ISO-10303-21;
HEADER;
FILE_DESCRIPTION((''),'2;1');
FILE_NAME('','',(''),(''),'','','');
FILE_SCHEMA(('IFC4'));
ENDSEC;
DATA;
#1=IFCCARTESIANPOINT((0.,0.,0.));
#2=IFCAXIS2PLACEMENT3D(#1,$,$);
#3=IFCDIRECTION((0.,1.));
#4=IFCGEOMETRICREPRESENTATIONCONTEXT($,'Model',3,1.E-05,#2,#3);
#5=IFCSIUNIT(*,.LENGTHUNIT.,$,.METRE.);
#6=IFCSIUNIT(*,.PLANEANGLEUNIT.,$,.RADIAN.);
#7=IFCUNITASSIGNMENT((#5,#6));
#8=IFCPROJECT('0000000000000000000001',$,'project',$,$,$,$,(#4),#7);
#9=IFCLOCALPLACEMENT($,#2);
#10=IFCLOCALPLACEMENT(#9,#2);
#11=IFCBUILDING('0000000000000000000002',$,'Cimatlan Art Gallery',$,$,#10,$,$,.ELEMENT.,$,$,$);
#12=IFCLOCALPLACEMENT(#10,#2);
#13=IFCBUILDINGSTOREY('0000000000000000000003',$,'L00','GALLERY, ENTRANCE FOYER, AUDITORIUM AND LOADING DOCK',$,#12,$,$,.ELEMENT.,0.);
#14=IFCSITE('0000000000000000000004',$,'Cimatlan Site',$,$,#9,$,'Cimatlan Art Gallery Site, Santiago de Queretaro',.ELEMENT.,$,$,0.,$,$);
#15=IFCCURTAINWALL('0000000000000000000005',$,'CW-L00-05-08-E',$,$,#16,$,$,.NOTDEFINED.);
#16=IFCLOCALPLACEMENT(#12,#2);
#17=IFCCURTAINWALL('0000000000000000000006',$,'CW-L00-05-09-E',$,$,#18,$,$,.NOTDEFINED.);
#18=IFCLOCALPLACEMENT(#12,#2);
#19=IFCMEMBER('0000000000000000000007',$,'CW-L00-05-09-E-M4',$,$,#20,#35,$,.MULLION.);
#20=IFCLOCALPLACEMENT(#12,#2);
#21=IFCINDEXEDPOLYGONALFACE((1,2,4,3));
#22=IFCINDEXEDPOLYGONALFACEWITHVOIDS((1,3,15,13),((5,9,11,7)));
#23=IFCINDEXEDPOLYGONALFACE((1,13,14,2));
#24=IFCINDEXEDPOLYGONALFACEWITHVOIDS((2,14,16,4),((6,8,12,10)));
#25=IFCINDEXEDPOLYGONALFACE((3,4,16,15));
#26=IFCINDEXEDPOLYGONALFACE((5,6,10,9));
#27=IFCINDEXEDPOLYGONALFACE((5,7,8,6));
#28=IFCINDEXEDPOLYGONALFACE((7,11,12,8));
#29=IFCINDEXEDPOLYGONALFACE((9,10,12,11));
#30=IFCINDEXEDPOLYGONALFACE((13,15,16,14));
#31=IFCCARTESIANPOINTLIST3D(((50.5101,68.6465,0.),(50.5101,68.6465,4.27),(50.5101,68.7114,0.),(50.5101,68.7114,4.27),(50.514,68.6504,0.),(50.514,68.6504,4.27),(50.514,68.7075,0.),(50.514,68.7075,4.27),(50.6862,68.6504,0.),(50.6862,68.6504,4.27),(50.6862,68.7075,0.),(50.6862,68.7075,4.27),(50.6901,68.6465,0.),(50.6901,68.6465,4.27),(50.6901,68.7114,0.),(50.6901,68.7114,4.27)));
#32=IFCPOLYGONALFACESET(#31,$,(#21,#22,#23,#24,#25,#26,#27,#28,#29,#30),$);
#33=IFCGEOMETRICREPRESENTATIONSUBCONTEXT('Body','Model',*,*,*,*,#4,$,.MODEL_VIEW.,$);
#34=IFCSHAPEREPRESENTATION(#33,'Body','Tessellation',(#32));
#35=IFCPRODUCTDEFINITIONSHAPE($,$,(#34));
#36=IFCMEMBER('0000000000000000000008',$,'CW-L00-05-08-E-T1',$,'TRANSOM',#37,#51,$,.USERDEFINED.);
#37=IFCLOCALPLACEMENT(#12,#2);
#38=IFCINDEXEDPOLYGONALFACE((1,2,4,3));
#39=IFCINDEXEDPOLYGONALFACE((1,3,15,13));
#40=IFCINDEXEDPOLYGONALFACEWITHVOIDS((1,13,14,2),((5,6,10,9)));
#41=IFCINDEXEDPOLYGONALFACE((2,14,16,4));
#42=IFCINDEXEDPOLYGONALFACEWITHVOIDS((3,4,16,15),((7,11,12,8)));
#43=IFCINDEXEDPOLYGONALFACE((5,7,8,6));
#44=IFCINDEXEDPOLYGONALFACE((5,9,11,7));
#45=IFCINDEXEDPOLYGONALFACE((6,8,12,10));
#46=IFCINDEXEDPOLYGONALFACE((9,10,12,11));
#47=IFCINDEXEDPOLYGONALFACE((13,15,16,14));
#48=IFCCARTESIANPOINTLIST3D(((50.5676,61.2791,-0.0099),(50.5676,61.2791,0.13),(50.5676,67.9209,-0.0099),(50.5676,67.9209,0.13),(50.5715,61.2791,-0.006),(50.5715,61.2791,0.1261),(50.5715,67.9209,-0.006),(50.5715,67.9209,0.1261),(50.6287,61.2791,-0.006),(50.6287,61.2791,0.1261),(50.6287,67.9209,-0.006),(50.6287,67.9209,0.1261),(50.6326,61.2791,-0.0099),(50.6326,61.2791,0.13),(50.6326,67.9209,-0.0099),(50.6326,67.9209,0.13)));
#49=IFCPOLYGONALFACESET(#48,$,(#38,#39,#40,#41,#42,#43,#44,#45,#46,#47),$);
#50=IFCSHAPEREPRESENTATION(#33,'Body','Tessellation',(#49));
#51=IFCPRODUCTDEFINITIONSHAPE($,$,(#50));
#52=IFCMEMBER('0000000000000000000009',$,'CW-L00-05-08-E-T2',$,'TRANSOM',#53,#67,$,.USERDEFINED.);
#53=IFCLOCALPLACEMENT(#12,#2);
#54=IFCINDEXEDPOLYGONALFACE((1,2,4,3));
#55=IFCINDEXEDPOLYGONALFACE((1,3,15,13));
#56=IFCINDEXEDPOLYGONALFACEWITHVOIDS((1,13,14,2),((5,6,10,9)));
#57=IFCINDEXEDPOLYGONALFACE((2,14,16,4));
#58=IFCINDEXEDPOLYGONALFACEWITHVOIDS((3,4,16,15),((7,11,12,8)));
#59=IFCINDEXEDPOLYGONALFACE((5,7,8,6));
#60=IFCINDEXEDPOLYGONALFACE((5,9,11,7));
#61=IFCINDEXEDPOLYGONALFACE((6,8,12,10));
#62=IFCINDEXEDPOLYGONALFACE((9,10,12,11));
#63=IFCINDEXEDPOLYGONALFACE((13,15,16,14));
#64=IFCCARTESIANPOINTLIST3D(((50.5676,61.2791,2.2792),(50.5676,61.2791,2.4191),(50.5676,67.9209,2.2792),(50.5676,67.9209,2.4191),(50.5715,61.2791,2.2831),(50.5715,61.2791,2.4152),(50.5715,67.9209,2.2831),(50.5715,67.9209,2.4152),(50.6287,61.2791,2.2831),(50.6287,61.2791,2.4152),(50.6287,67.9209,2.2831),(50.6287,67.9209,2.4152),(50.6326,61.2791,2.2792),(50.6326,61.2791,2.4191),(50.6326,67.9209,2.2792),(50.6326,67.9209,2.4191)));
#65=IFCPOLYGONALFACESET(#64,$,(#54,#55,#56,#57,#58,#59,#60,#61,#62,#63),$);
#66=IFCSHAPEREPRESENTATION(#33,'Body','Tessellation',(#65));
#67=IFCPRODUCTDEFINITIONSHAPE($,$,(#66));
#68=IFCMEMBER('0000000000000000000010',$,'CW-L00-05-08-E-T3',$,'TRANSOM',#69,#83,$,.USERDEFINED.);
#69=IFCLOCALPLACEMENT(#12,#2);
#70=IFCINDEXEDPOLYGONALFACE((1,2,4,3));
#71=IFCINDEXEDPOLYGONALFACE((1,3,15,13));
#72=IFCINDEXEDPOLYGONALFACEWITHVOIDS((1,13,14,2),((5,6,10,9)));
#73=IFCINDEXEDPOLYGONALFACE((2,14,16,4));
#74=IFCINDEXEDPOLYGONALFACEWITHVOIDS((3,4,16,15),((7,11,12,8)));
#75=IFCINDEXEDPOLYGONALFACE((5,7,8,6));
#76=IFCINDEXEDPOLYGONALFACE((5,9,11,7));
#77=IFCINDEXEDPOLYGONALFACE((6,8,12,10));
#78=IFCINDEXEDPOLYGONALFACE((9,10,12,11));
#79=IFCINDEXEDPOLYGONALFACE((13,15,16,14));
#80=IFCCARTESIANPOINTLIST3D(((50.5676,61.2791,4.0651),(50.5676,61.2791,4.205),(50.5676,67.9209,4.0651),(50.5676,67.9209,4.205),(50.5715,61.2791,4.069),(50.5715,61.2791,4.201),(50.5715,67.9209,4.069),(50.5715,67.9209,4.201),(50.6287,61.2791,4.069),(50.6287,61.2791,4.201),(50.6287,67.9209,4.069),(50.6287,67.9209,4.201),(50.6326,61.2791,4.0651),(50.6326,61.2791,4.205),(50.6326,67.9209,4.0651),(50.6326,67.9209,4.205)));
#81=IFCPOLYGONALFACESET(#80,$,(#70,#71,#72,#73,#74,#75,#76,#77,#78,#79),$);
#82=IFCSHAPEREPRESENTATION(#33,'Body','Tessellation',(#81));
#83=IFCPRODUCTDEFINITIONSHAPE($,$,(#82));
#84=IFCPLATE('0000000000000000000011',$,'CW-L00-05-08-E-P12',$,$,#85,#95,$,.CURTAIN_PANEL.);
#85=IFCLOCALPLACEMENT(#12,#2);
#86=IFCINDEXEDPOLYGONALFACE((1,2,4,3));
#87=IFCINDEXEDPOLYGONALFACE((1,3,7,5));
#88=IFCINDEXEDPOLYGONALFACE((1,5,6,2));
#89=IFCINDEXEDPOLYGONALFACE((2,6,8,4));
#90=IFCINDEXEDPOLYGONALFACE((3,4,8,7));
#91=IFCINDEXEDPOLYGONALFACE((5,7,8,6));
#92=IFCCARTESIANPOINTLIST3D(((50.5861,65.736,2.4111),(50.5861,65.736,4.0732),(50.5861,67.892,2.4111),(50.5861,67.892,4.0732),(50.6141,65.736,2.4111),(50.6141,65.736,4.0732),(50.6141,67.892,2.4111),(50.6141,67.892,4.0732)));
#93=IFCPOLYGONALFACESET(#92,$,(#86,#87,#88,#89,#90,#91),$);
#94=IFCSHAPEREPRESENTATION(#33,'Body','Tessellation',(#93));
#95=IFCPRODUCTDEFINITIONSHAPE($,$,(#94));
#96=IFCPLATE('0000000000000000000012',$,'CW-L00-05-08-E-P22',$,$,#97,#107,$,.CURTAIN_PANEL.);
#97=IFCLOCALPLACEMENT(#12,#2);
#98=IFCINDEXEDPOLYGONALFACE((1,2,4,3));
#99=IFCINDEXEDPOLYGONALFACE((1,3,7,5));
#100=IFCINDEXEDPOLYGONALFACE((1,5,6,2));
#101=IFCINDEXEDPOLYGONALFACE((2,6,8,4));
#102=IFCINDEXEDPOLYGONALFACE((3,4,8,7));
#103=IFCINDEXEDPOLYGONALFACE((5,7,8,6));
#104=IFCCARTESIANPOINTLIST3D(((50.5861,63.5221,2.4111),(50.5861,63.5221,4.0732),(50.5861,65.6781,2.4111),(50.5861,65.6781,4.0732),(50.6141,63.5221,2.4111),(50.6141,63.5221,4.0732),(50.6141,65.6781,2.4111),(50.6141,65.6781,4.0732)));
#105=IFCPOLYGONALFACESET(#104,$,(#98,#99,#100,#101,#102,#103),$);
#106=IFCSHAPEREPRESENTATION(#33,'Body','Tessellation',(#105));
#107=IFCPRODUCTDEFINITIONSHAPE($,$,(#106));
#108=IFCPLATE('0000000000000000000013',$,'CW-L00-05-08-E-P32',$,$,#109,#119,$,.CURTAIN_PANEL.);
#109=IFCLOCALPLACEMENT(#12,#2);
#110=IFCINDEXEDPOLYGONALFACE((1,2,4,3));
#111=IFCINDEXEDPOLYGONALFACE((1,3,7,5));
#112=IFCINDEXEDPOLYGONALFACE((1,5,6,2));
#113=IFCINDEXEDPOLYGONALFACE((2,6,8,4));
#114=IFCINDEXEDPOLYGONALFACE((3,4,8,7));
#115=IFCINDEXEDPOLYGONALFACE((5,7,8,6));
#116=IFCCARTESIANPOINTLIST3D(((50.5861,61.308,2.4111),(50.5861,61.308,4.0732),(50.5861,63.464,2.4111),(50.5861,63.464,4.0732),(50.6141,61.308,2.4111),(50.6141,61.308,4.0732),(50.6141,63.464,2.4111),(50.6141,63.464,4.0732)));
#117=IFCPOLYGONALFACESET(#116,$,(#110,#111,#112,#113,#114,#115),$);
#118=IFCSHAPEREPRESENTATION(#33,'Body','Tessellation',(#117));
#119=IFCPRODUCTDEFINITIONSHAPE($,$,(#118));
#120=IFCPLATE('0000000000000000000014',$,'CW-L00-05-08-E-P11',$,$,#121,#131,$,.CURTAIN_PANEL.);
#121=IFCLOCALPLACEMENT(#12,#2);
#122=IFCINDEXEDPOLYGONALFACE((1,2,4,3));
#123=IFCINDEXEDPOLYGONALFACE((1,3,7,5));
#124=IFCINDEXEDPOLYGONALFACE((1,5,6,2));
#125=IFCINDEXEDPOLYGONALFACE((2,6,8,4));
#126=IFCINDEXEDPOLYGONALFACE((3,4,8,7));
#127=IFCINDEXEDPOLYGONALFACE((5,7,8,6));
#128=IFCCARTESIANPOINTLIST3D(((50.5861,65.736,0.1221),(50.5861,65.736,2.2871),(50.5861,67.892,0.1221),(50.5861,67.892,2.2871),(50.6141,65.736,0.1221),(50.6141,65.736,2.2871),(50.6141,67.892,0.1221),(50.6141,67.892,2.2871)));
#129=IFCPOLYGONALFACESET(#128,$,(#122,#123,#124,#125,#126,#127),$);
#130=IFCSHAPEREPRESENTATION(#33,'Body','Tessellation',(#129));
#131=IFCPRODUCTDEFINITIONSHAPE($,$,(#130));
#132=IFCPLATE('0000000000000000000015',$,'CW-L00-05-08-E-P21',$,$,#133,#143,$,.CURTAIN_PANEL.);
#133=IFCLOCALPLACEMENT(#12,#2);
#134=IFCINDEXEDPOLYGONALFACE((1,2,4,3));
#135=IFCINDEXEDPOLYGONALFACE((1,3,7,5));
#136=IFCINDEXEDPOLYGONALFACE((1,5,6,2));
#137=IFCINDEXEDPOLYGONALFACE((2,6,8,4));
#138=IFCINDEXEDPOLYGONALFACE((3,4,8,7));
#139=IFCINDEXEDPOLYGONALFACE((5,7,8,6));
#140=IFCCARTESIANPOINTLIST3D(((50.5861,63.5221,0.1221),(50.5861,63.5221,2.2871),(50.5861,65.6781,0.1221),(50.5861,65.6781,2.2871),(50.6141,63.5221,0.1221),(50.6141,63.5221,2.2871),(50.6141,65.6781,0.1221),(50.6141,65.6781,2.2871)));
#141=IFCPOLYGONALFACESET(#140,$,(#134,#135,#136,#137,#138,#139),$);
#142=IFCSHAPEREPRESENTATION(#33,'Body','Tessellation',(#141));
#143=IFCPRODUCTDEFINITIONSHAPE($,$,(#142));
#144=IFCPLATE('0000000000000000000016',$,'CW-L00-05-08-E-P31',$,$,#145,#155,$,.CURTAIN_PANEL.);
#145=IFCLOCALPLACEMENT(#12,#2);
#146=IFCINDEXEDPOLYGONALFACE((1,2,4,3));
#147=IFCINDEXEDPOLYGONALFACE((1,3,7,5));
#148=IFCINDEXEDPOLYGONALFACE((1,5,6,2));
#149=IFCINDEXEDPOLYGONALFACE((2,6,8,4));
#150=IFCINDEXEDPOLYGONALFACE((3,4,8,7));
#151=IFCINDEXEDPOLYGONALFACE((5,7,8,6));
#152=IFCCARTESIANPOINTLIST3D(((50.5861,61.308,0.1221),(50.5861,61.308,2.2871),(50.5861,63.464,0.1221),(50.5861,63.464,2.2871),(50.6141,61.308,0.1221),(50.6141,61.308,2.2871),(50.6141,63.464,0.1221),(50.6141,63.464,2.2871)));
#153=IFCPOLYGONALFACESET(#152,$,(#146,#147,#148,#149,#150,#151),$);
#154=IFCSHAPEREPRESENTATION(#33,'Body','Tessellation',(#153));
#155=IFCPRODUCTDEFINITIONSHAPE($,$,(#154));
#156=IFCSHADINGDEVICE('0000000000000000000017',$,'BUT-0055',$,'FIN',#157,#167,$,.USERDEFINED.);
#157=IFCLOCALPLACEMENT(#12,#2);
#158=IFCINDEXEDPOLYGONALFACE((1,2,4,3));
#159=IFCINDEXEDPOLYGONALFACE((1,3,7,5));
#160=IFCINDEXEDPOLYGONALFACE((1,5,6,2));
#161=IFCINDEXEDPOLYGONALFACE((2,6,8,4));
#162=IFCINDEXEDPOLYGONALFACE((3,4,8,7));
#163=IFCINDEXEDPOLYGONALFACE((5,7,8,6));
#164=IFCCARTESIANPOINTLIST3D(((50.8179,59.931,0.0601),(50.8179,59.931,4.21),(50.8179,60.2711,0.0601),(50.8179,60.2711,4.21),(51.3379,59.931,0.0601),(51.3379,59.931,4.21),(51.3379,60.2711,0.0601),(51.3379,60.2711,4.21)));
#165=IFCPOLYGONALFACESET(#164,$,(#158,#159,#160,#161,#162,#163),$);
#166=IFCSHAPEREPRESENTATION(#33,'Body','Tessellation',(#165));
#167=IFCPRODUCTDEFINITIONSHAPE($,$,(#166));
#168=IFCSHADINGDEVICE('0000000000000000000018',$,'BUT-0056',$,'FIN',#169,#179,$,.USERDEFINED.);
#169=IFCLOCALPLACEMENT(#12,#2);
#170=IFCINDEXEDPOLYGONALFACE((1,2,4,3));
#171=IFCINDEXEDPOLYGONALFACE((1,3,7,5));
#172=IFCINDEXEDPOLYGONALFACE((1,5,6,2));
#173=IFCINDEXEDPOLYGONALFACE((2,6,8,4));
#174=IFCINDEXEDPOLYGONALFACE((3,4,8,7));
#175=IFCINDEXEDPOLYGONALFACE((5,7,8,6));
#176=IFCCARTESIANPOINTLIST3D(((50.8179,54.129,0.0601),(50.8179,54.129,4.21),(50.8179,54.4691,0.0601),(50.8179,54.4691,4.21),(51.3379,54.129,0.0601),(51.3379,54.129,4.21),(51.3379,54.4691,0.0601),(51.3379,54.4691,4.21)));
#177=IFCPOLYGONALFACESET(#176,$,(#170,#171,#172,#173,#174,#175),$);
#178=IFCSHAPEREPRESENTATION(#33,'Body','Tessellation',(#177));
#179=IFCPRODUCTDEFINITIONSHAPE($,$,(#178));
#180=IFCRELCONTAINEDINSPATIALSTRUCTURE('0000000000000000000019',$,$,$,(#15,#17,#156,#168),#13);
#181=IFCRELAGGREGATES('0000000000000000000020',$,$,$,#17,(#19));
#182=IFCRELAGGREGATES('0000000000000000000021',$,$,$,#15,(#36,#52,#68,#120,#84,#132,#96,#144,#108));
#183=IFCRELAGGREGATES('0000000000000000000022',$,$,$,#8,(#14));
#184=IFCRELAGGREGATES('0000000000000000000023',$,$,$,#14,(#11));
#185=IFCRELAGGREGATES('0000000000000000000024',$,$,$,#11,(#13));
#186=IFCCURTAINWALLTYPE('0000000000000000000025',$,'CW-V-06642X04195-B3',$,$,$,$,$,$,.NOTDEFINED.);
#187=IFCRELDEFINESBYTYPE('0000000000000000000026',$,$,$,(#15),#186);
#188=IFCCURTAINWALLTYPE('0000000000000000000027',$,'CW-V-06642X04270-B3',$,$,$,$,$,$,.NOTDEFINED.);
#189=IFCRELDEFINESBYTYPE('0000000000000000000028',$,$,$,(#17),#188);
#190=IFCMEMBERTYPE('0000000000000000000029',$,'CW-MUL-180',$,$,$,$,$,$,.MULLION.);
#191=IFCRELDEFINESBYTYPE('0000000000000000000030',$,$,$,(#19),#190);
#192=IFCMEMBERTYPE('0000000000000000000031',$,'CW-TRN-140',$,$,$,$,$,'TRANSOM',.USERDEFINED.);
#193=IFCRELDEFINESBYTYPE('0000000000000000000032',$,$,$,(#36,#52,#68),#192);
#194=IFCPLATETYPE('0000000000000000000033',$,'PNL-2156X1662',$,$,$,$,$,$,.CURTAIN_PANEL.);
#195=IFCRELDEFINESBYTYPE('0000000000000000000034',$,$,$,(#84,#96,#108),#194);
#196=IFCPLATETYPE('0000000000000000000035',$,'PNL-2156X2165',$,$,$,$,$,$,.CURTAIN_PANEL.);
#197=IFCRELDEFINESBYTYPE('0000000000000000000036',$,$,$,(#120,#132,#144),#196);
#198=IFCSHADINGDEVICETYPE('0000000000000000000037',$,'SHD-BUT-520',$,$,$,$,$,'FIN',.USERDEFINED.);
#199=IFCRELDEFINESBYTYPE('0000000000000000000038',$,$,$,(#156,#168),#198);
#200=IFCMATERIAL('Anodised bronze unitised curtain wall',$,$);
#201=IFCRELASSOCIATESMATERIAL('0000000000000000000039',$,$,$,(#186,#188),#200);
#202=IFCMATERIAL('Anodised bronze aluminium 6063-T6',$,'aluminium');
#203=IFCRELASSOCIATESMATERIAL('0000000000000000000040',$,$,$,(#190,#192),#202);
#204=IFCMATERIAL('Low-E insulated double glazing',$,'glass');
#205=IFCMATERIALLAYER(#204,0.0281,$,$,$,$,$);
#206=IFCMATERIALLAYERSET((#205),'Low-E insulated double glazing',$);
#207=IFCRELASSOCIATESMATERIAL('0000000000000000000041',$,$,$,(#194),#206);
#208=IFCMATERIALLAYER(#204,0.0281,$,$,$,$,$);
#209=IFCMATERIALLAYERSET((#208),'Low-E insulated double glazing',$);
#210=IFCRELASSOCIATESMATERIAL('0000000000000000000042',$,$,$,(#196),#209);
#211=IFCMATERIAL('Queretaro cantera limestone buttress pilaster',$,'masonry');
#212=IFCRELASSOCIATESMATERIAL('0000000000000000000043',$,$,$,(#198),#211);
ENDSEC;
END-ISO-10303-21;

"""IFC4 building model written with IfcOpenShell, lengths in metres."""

from ifc_helpers import new_model, si_unit, direction, frame, origin, origin_2d, place, context, subcontext, project, spatial, rectangle, hollow_rectangle, extrude, material, layer, layer_set, material_profile, profile_set, type_object, element, aggregate, save


model = new_model("IFC4")

# Units and contexts
model_context = context("Model", 3, precision=1e-05, world=origin(), true_north=direction((0.0, 1.0)))
body_context = subcontext(model_context, "Body", "Model", "MODEL_VIEW")
ifc_project = project(units=[si_unit("LENGTHUNIT", "METRE"), si_unit("PLANEANGLEUNIT", "RADIAN")], contexts=[model_context])

# Site, building, storey
site_placement = place(None, origin())
site = spatial("IfcSite", under=ifc_project, at=site_placement, Name="Cimatlan Site", LongName="Cimatlan Art Gallery Site, Santiago de Queretaro", CompositionType="ELEMENT", RefElevation=0.0)
building_placement = place(site_placement, origin())
building = spatial("IfcBuilding", under=site, at=building_placement, Name="Cimatlan Art Gallery", CompositionType="ELEMENT")
storey_placement = place(building_placement, origin())
storey = spatial("IfcBuildingStorey", under=building, at=storey_placement, Name="L00", Description="GALLERY, ENTRANCE FOYER, AUDITORIUM AND LOADING DOCK", CompositionType="ELEMENT", Elevation=0.0)

# Curtain wall
ifc_material_1 = material(Name="Anodised bronze unitised curtain wall")
curtain_wall_type_1 = type_object("IfcCurtainWallType", Name="CW-V-06642X04195-B3", PredefinedType="NOTDEFINED", material=ifc_material_1)
curtain_wall_1_placement = place(storey_placement, origin())
curtain_wall_1 = element("IfcCurtainWall", 1, at=curtain_wall_1_placement, inside=storey, type_object=curtain_wall_type_1, Name="CW-L00-05-08-E", PredefinedType="NOTDEFINED")
ifc_material_2 = material(Name="Anodised bronze aluminium 6063-T6", Category="aluminium")
ifc_material_profile_1 = material_profile(ifc_material_2, hollow_rectangle(XDim=0.0649, YDim=0.1799, WallThickness=0.0039, at=origin_2d()), Name="ALU65X180X4")
ifc_profile_set_1 = profile_set([ifc_material_profile_1], Name="Anodised bronze aluminium 6063-T6")
member_type_1 = type_object("IfcMemberType", Name="CW-MUL-180", PredefinedType="MULLION", material=ifc_profile_set_1)

# Curtain wall, member
curtain_wall_type_2 = type_object("IfcCurtainWallType", Name="CW-V-06642X04270-B3", PredefinedType="NOTDEFINED", material=ifc_material_1)
curtain_wall_2_placement = place(storey_placement, origin())
curtain_wall_2 = element("IfcCurtainWall", 2, at=curtain_wall_2_placement, inside=storey, type_object=curtain_wall_type_2, Name="CW-L00-05-09-E", PredefinedType="NOTDEFINED")
member_1_placement = place(storey_placement, frame((50.6001, 68.679, 0.0), z_axis=(0.0, 0.0, 1.0), x_axis=(0.0, 1.0, 0.0)))
member_1 = element("IfcMember", 3, at=member_1_placement, type_object=member_type_1, Name="CW-L00-05-09-E-M4", PredefinedType="MULLION", context=body_context, shape_type="SweptSolid", body=[
    extrude(hollow_rectangle(XDim=0.0649, YDim=0.1799, WallThickness=0.0039, at=origin_2d()), origin(), (0.0, 0.0, 1.0), 4.27),
])
aggregate(curtain_wall_2, [member_1])

# Members
ifc_material_profile_2 = material_profile(ifc_material_2, hollow_rectangle(XDim=0.0649, YDim=0.1399, WallThickness=0.0039, at=origin_2d()), Name="ALU65X140X4")
ifc_profile_set_2 = profile_set([ifc_material_profile_2], Name="Anodised bronze aluminium 6063-T6")
member_type_2 = type_object("IfcMemberType", Name="CW-TRN-140", ElementType="TRANSOM", PredefinedType="USERDEFINED", material=ifc_profile_set_2)
member_2_placement = place(storey_placement, frame((50.6001, 67.9209, 0.0601), z_axis=(0.0, -1.0, 0.0), x_axis=(1.0, 0.0, 0.0)))
member_2 = element("IfcMember", 4, at=member_2_placement, type_object=member_type_2, Name="CW-L00-05-08-E-T1", ObjectType="TRANSOM", PredefinedType="USERDEFINED", context=body_context, shape_type="SweptSolid", body=[
    extrude(hollow_rectangle(XDim=0.0649, YDim=0.1399, WallThickness=0.0039, at=origin_2d()), origin(), (0.0, 0.0, 1.0), 6.6418),
])
member_3_placement = place(storey_placement, frame((50.6001, 67.9209, 2.3491), z_axis=(0.0, -1.0, 0.0), x_axis=(1.0, 0.0, 0.0)))
member_3 = element("IfcMember", 5, at=member_3_placement, type_object=member_type_2, Name="CW-L00-05-08-E-T2", ObjectType="TRANSOM", PredefinedType="USERDEFINED", context=body_context, shape_type="SweptSolid", body=[
    extrude(hollow_rectangle(XDim=0.0649, YDim=0.1399, WallThickness=0.0039, at=origin_2d()), origin(), (0.0, 0.0, 1.0), 6.6418),
])
member_4_placement = place(storey_placement, frame((50.6001, 67.9209, 4.135), z_axis=(0.0, -1.0, 0.0), x_axis=(1.0, 0.0, 0.0)))
member_4 = element("IfcMember", 6, at=member_4_placement, type_object=member_type_2, Name="CW-L00-05-08-E-T3", ObjectType="TRANSOM", PredefinedType="USERDEFINED", context=body_context, shape_type="SweptSolid", body=[
    extrude(hollow_rectangle(XDim=0.0649, YDim=0.1399, WallThickness=0.0039, at=origin_2d()), origin(), (0.0, 0.0, 1.0), 6.6418),
])

# Plates
ifc_material_3 = material(Name="Low-E insulated double glazing", Category="glass")
ifc_layer_1 = layer(ifc_material_3, 0.0281)
ifc_layer_set_1 = layer_set([ifc_layer_1], Name="Low-E insulated double glazing")
plate_type_1 = type_object("IfcPlateType", Name="PNL-2156X1662", PredefinedType="CURTAIN_PANEL", material=ifc_layer_set_1)
plate_1_placement = place(storey_placement, frame((50.6001, 66.814, 2.4111), z_axis=(0.0, 0.0, 1.0), x_axis=(0.0, -1.0, 0.0)))
plate_1 = element("IfcPlate", 7, at=plate_1_placement, type_object=plate_type_1, Name="CW-L00-05-08-E-P12", PredefinedType="CURTAIN_PANEL", context=body_context, shape_type="SweptSolid", body=[
    extrude(rectangle(XDim=2.156, YDim=0.0281, at=origin_2d()), origin(), (0.0, 0.0, 1.0), 1.6621),
])
plate_2_placement = place(storey_placement, frame((50.6001, 64.6001, 2.4111), z_axis=(0.0, 0.0, 1.0), x_axis=(0.0, -1.0, 0.0)))
plate_2 = element("IfcPlate", 8, at=plate_2_placement, type_object=plate_type_1, Name="CW-L00-05-08-E-P22", PredefinedType="CURTAIN_PANEL", context=body_context, shape_type="SweptSolid", body=[
    extrude(rectangle(XDim=2.156, YDim=0.0281, at=origin_2d()), origin(), (0.0, 0.0, 1.0), 1.6621),
])
plate_3_placement = place(storey_placement, frame((50.6001, 62.386, 2.4111), z_axis=(0.0, 0.0, 1.0), x_axis=(0.0, -1.0, 0.0)))
plate_3 = element("IfcPlate", 9, at=plate_3_placement, type_object=plate_type_1, Name="CW-L00-05-08-E-P32", PredefinedType="CURTAIN_PANEL", context=body_context, shape_type="SweptSolid", body=[
    extrude(rectangle(XDim=2.156, YDim=0.0281, at=origin_2d()), origin(), (0.0, 0.0, 1.0), 1.6621),
])
ifc_layer_2 = layer(ifc_material_3, 0.0281)
ifc_layer_set_2 = layer_set([ifc_layer_2], Name="Low-E insulated double glazing")
plate_type_2 = type_object("IfcPlateType", Name="PNL-2156X2165", PredefinedType="CURTAIN_PANEL", material=ifc_layer_set_2)
plate_4_placement = place(storey_placement, frame((50.6001, 66.814, 0.1221), z_axis=(0.0, 0.0, 1.0), x_axis=(0.0, -1.0, 0.0)))
plate_4 = element("IfcPlate", 10, at=plate_4_placement, type_object=plate_type_2, Name="CW-L00-05-08-E-P11", PredefinedType="CURTAIN_PANEL", context=body_context, shape_type="SweptSolid", body=[
    extrude(rectangle(XDim=2.156, YDim=0.0281, at=origin_2d()), origin(), (0.0, 0.0, 1.0), 2.165),
])
plate_5_placement = place(storey_placement, frame((50.6001, 64.6001, 0.1221), z_axis=(0.0, 0.0, 1.0), x_axis=(0.0, -1.0, 0.0)))
plate_5 = element("IfcPlate", 11, at=plate_5_placement, type_object=plate_type_2, Name="CW-L00-05-08-E-P21", PredefinedType="CURTAIN_PANEL", context=body_context, shape_type="SweptSolid", body=[
    extrude(rectangle(XDim=2.156, YDim=0.0281, at=origin_2d()), origin(), (0.0, 0.0, 1.0), 2.165),
])
plate_6_placement = place(storey_placement, frame((50.6001, 62.386, 0.1221), z_axis=(0.0, 0.0, 1.0), x_axis=(0.0, -1.0, 0.0)))
plate_6 = element("IfcPlate", 12, at=plate_6_placement, type_object=plate_type_2, Name="CW-L00-05-08-E-P31", PredefinedType="CURTAIN_PANEL", context=body_context, shape_type="SweptSolid", body=[
    extrude(rectangle(XDim=2.156, YDim=0.0281, at=origin_2d()), origin(), (0.0, 0.0, 1.0), 2.165),
])
aggregate(curtain_wall_1, [member_2, member_3, member_4, plate_4, plate_1, plate_5, plate_2, plate_6, plate_3])

# Shading devices
ifc_material_4 = material(Name="Queretaro cantera limestone buttress pilaster", Category="masonry")
shading_device_type = type_object("IfcShadingDeviceType", Name="SHD-BUT-520", ElementType="FIN", PredefinedType="USERDEFINED", material=ifc_material_4)
for number, where, z_axis, x_axis, name in (
    (13, (51.0779, 60.1011, 0.0601), (0.0, 0.0, 1.0), (0.0, -1.0, 0.0), "BUT-0055"),
    (14, (51.0779, 54.2991, 0.0601), (0.0, 0.0, 1.0), (0.0, -1.0, 0.0), "BUT-0056"),
):
    element("IfcShadingDevice", number, at=place(storey_placement, frame(where, z_axis=z_axis, x_axis=x_axis)), inside=storey, type_object=shading_device_type, Name=name, ObjectType="FIN", PredefinedType="USERDEFINED", context=body_context, shape_type="SweptSolid", body=[
        extrude(rectangle(XDim=0.3401, YDim=0.52, at=origin_2d()), origin(), (0.0, 0.0, 1.0), 4.1499),
    ])

save(model, "model.ifc")
